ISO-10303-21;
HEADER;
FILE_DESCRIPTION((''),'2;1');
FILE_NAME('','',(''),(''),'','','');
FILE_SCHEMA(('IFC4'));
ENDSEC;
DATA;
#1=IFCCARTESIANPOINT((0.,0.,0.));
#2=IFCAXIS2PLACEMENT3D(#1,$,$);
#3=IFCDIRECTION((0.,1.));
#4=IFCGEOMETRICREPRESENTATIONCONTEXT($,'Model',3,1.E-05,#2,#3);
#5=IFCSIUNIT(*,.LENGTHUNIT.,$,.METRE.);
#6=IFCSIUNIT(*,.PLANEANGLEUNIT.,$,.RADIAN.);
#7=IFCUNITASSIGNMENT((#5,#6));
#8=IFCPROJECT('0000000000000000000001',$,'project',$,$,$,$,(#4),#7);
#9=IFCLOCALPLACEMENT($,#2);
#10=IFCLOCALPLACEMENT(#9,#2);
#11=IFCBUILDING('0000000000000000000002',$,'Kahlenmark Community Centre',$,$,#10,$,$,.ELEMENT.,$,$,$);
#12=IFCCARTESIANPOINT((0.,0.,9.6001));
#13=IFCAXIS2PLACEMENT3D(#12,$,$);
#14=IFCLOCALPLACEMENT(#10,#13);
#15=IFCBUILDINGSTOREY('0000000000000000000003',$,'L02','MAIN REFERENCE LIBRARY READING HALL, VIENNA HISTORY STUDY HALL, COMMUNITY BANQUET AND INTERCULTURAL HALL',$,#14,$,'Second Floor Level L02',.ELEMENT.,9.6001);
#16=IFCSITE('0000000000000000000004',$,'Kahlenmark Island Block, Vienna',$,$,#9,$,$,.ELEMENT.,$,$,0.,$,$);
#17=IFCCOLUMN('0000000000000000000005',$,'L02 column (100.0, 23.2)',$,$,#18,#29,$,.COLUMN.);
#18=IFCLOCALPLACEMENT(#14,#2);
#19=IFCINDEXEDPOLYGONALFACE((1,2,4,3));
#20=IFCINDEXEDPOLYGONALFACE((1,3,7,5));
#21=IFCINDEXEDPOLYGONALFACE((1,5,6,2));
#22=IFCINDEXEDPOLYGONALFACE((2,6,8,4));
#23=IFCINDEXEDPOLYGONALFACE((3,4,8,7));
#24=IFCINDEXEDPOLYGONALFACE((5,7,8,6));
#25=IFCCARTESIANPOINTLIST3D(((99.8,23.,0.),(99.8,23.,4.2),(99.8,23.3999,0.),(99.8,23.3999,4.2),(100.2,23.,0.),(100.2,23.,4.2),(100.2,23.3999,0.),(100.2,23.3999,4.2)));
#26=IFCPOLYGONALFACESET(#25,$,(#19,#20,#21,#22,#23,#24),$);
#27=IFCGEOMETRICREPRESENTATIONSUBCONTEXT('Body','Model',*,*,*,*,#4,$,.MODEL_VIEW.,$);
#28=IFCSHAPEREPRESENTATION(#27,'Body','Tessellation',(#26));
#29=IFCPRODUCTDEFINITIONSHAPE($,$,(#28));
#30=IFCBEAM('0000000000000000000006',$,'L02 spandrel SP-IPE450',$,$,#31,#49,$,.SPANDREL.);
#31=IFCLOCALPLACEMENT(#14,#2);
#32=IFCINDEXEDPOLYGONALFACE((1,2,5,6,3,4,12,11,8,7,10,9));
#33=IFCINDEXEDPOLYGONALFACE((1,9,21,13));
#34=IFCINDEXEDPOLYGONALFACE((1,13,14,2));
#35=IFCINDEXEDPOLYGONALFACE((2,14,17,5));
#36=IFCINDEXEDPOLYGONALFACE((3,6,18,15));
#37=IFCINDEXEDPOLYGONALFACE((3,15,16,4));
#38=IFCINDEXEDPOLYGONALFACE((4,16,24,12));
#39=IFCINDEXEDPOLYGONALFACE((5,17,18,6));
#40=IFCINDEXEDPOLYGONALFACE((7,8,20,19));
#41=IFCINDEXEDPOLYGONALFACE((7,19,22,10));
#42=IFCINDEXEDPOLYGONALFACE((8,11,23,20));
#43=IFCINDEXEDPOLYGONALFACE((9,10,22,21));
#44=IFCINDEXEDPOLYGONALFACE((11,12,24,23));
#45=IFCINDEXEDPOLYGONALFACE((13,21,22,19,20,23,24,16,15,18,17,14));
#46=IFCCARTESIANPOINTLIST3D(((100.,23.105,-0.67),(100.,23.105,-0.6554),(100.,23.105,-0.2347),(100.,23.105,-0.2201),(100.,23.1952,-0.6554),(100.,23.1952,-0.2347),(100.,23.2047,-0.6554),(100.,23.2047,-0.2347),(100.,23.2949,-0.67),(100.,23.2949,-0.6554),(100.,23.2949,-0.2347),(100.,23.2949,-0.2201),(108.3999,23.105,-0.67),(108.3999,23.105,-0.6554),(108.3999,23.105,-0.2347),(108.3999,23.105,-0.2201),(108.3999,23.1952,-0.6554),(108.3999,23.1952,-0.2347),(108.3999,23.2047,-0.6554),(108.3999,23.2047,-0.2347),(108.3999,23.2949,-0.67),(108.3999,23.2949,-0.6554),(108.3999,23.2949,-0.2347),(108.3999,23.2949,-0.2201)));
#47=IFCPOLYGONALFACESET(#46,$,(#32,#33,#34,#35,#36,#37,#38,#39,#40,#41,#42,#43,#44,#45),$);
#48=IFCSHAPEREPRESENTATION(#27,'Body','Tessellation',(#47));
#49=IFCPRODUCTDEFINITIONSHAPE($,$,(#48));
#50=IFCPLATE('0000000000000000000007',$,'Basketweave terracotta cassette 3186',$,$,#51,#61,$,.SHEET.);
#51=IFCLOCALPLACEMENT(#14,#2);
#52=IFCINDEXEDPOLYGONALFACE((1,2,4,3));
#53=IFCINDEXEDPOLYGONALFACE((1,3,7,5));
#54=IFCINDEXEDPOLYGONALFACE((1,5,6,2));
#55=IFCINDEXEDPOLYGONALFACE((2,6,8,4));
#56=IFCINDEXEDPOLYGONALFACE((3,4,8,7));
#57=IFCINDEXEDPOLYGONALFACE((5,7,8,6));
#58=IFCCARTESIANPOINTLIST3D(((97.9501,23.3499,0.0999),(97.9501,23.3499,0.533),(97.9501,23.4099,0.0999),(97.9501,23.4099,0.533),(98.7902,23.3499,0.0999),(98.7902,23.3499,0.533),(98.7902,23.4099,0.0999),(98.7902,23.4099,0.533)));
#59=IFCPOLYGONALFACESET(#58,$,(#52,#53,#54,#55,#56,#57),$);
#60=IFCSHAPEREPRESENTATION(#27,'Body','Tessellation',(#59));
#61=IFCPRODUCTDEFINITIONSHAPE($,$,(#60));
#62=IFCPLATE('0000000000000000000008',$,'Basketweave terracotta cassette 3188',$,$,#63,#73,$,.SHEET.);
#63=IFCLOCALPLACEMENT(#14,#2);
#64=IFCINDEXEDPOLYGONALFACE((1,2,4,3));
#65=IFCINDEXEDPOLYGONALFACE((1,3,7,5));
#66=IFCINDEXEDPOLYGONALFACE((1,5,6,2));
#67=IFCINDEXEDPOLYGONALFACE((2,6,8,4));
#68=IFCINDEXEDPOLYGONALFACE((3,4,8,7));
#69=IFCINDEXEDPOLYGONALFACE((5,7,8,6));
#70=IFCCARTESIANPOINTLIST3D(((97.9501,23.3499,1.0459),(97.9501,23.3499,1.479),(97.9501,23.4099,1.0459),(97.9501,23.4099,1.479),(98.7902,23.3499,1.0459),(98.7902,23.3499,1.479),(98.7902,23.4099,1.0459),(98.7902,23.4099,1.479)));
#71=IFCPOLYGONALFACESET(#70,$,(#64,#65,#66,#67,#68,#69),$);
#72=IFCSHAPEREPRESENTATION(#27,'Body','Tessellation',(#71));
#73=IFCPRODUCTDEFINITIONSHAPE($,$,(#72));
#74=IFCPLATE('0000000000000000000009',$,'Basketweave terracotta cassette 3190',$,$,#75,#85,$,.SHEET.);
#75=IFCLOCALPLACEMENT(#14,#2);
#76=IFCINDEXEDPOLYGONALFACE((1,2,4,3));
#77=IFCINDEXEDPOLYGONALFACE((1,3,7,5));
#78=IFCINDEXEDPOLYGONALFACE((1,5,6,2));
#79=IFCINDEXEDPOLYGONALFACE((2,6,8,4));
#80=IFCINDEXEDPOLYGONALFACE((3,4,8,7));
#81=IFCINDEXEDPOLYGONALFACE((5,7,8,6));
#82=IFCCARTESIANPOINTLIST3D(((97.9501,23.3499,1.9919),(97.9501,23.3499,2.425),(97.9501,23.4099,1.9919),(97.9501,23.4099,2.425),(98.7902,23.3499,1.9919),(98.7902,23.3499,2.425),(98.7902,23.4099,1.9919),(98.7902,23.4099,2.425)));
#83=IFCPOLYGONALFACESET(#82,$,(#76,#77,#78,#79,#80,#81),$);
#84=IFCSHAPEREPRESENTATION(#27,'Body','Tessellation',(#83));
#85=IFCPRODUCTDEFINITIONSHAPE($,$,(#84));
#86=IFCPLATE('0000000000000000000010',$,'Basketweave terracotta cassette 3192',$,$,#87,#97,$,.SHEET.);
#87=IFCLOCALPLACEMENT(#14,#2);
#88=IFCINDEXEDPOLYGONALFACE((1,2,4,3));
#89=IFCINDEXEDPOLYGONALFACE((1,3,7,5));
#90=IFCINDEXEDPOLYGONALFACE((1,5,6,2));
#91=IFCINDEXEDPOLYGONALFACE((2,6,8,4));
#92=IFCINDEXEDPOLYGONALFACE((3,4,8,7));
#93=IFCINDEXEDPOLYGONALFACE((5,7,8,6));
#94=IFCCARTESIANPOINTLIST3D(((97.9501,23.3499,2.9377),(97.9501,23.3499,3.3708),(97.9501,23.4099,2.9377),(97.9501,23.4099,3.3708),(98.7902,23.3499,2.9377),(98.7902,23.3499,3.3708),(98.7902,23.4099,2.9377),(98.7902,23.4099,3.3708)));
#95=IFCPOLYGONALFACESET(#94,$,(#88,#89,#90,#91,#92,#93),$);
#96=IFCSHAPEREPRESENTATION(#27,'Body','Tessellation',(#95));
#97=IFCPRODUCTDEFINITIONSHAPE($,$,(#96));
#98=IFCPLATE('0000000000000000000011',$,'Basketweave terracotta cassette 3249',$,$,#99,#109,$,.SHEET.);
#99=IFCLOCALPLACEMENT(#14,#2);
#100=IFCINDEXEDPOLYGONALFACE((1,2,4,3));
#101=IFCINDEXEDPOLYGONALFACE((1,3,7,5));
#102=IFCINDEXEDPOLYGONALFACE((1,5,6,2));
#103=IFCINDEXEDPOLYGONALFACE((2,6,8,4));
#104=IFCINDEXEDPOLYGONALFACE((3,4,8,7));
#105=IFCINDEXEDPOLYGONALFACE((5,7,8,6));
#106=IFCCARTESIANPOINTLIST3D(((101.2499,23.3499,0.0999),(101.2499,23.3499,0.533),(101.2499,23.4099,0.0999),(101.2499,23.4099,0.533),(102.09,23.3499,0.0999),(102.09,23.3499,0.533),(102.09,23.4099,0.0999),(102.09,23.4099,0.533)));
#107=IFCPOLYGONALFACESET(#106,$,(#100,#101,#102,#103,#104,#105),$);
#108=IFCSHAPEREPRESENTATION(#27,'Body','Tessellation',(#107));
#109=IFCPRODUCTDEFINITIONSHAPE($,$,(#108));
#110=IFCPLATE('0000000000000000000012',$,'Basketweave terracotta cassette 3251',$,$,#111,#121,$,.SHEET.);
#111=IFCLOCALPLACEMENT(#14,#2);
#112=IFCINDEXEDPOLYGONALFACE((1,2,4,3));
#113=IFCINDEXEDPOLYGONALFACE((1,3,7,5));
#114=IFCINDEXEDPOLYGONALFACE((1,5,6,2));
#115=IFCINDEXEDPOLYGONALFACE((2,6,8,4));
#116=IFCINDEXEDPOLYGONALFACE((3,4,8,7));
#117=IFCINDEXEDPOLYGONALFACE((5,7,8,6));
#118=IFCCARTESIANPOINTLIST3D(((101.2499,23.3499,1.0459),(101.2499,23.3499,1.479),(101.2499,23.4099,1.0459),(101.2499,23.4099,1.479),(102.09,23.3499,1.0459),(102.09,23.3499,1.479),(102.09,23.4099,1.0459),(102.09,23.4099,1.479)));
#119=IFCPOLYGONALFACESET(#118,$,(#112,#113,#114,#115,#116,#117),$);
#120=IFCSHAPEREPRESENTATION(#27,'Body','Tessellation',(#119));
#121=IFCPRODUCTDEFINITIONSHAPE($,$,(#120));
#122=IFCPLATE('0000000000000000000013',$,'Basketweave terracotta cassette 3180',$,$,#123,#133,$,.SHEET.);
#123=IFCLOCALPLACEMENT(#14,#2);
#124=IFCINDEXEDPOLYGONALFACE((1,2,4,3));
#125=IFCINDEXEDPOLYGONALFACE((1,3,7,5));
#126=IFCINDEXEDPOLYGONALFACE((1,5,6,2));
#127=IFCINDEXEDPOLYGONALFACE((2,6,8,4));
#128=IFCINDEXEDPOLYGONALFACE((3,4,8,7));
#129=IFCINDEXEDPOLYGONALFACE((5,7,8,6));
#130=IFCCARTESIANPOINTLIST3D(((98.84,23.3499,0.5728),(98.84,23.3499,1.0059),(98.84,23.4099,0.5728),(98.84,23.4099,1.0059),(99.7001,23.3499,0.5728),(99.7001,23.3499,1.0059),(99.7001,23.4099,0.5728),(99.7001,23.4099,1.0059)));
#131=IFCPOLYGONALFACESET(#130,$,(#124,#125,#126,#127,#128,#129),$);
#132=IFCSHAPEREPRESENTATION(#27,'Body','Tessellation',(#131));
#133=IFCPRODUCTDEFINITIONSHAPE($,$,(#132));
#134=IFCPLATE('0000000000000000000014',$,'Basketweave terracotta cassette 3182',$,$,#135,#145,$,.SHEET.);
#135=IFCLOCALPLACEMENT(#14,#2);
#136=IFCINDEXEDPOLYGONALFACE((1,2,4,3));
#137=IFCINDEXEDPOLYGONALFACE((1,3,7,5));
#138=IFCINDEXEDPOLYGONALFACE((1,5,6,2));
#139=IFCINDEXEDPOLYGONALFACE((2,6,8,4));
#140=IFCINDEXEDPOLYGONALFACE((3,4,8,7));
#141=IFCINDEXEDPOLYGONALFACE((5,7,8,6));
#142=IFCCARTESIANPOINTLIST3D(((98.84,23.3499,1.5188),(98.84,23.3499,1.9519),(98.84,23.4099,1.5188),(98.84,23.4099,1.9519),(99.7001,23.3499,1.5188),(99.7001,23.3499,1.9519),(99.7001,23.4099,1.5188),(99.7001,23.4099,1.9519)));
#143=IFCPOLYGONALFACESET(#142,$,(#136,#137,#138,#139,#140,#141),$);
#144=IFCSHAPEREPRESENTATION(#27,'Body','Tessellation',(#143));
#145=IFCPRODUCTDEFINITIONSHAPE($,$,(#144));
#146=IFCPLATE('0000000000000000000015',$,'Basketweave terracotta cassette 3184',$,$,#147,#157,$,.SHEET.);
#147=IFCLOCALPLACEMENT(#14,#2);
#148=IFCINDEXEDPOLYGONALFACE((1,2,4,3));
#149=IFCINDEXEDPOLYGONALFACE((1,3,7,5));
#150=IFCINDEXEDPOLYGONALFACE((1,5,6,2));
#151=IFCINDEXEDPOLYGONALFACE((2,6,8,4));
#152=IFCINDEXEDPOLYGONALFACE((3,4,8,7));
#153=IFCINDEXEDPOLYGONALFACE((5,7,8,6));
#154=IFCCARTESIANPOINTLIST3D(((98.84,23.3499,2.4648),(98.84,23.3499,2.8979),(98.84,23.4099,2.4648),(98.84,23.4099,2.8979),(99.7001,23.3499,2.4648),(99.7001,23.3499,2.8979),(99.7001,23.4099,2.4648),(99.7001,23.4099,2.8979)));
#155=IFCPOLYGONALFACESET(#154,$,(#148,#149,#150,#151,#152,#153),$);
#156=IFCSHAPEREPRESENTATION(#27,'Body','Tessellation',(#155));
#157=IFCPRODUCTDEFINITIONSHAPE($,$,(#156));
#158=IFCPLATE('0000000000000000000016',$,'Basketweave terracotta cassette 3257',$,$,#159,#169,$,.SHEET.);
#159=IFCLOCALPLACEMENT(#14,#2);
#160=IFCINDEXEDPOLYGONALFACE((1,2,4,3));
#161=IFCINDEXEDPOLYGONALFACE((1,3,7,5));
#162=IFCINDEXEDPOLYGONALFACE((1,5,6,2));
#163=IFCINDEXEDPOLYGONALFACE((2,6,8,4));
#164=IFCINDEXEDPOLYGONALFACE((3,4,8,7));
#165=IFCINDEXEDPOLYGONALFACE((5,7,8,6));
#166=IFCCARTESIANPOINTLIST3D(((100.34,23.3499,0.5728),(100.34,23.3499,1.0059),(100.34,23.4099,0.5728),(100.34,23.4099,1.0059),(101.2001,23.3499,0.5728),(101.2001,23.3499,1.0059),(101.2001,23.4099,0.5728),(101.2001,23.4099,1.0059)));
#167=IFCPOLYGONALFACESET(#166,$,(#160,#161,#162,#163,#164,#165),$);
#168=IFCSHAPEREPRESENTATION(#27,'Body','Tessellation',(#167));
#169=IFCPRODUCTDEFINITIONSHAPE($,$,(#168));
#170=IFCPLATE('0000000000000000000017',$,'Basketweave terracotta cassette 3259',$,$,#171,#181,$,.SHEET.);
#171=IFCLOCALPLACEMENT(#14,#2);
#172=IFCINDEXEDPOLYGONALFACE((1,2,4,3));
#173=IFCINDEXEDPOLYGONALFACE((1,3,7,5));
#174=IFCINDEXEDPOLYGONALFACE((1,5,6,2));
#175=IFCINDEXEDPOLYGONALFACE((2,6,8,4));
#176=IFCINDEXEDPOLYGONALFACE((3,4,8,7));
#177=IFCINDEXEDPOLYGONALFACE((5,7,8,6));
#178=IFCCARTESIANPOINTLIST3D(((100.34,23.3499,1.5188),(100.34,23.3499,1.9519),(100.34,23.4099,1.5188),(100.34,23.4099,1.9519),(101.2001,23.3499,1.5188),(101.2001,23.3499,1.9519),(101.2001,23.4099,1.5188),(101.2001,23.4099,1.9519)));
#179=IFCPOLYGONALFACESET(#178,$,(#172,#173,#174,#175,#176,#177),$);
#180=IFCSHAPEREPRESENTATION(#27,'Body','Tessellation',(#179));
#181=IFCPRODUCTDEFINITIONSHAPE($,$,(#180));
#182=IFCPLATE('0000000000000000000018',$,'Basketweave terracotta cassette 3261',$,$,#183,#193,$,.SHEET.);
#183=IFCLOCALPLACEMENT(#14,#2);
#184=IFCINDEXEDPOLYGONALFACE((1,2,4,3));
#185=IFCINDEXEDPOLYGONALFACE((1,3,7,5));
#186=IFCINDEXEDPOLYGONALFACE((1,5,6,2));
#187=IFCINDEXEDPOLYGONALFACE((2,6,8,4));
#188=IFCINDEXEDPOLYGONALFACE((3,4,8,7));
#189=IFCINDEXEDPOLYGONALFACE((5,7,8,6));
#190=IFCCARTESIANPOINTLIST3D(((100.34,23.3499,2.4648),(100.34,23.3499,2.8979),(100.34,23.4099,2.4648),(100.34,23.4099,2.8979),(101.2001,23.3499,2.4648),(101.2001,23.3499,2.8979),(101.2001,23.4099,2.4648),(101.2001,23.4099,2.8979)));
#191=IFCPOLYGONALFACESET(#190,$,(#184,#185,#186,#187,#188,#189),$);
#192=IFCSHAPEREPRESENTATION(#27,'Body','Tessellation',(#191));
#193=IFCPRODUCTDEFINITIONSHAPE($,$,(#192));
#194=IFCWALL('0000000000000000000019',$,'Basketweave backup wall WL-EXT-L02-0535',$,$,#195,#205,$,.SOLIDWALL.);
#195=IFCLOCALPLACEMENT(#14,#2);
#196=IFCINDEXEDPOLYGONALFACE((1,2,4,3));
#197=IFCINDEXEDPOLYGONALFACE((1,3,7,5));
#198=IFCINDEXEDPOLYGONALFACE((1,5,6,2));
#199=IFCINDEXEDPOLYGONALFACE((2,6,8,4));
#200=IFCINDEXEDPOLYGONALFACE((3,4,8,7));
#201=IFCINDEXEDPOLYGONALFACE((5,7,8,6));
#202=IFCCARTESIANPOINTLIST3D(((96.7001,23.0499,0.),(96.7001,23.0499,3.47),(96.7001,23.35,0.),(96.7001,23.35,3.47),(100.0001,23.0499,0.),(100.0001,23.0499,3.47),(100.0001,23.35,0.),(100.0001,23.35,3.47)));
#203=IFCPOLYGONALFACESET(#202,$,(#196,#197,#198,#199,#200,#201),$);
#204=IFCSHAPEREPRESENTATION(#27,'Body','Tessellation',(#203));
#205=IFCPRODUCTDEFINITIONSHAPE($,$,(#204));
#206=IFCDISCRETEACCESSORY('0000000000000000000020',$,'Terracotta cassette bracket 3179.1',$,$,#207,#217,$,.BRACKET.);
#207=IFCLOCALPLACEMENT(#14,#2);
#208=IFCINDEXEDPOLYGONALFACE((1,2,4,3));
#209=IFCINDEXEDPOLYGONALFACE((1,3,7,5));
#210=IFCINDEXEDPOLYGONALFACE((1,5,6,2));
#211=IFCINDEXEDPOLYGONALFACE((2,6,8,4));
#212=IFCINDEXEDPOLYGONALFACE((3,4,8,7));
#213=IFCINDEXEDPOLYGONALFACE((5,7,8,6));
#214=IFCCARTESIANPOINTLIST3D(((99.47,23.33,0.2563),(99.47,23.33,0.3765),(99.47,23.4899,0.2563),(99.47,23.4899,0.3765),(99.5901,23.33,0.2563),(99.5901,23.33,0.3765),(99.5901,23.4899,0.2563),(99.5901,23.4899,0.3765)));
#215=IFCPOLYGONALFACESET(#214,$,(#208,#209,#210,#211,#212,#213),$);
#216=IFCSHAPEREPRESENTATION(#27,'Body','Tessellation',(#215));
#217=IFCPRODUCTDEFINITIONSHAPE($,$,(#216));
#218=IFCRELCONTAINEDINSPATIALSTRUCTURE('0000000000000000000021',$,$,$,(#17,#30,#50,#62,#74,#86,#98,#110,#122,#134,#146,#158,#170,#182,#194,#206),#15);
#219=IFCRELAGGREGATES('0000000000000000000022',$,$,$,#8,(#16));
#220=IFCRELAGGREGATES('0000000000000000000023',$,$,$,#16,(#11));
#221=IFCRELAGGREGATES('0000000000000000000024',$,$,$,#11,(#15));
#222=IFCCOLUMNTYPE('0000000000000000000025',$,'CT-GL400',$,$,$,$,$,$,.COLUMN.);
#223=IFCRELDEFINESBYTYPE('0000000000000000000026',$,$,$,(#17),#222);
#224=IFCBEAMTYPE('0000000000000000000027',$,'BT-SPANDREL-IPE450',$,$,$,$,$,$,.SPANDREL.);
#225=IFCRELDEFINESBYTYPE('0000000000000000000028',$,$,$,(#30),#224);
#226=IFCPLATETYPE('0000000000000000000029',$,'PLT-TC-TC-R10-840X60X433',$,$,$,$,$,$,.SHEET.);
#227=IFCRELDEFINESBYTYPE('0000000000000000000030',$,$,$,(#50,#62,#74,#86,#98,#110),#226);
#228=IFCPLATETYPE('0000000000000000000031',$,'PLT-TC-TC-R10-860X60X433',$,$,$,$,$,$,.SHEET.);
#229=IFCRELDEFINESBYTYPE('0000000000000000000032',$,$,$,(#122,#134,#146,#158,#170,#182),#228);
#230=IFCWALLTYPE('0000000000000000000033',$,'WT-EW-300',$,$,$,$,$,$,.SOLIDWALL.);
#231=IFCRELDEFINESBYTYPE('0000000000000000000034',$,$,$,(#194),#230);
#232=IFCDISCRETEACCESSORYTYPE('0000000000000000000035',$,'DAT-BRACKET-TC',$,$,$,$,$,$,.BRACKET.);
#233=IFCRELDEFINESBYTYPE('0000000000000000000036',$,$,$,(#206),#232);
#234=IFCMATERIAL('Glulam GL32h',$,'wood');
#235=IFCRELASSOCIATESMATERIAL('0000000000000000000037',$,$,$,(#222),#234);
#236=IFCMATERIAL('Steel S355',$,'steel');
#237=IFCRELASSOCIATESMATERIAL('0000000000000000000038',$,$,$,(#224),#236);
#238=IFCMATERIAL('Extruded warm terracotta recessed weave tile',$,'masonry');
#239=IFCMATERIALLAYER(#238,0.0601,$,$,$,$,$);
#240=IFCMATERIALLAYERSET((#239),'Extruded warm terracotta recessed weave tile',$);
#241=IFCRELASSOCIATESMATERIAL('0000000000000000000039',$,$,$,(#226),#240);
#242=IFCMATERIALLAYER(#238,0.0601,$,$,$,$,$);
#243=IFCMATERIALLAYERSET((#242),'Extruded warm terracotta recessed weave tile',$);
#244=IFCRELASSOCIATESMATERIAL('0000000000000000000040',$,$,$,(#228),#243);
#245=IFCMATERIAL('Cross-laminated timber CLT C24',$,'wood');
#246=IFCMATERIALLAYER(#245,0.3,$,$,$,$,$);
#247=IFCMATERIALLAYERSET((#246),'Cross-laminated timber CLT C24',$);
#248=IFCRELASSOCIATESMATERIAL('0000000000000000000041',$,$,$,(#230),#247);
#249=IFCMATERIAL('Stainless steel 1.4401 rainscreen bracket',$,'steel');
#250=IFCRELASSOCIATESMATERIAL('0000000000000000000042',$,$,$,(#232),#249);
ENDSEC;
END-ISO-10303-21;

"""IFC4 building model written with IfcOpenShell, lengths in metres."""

from ifc_helpers import new_model, si_unit, direction, frame, frame_2d, origin, origin_2d, place, context, subcontext, project, spatial, rectangle, i_section, extrude, material, layer, layer_set, material_profile, profile_set, type_object, element, save


model = new_model("IFC4")

# Units and contexts
model_context = context("Model", 3, precision=1e-05, world=origin(), true_north=direction((0.0, 1.0)))
body_context = subcontext(model_context, "Body", "Model", "MODEL_VIEW")
ifc_project = project(units=[si_unit("LENGTHUNIT", "METRE"), si_unit("PLANEANGLEUNIT", "RADIAN")], contexts=[model_context])

# Site, building, storey
site_placement = place(None, origin())
site = spatial("IfcSite", under=ifc_project, at=site_placement, Name="Kahlenmark Island Block, Vienna", CompositionType="ELEMENT", RefElevation=0.0)
building_placement = place(site_placement, origin())
building = spatial("IfcBuilding", under=site, at=building_placement, Name="Kahlenmark Community Centre", CompositionType="ELEMENT")
storey_placement = place(building_placement, frame((0.0, 0.0, 9.6001)))
storey = spatial("IfcBuildingStorey", under=building, at=storey_placement, Name="L02", Description="MAIN REFERENCE LIBRARY READING HALL, VIENNA HISTORY STUDY HALL, COMMUNITY BANQUET AND INTERCULTURAL HALL", LongName="Second Floor Level L02", CompositionType="ELEMENT", Elevation=9.6001)

# Column
ifc_material_1 = material(Name="Glulam GL32h", Category="wood")
ifc_material_profile_1 = material_profile(ifc_material_1, rectangle(XDim=0.3999, YDim=0.3999, at=origin_2d()), Name="GL32h 400x400")
ifc_profile_set_1 = profile_set([ifc_material_profile_1], Name="Glulam GL32h")
column_type = type_object("IfcColumnType", Name="CT-GL400", PredefinedType="COLUMN", material=ifc_profile_set_1)
column_placement = place(storey_placement, frame((100.0, 23.2, 0.0), z_axis=(0.0, 0.0, 1.0), x_axis=(1.0, 0.0, 0.0)))
element("IfcColumn", 1, at=column_placement, inside=storey, type_object=column_type, Name="L02 column (100.0, 23.2)", PredefinedType="COLUMN", context=body_context, shape_type="SweptSolid", body=[
    extrude(rectangle(XDim=0.3999, YDim=0.3999, at=origin_2d()), origin(), (0.0, 0.0, 1.0), 4.2),
])

# Beam
ifc_material_2 = material(Name="Steel S355", Category="steel")
ifc_material_profile_2 = material_profile(ifc_material_2, i_section(OverallWidth=0.1899, OverallDepth=0.45, WebThickness=0.0095, FlangeThickness=0.0146, at=origin_2d()), Name="IPE 450")
ifc_profile_set_2 = profile_set([ifc_material_profile_2], Name="Steel S355")
beam_type = type_object("IfcBeamType", Name="BT-SPANDREL-IPE450", PredefinedType="SPANDREL", material=ifc_profile_set_2)
beam_placement = place(storey_placement, frame((100.0, 23.2, -0.4451), z_axis=(1.0, 0.0, 0.0), x_axis=(0.0, 1.0, 0.0)))
element("IfcBeam", 2, at=beam_placement, inside=storey, type_object=beam_type, Name="L02 spandrel SP-IPE450", PredefinedType="SPANDREL", context=body_context, shape_type="SweptSolid", body=[
    extrude(i_section(OverallWidth=0.1899, OverallDepth=0.45, WebThickness=0.0095, FlangeThickness=0.0146, at=origin_2d()), origin(), (0.0, 0.0, 1.0), 8.3999),
])

# Plates
ifc_material_3 = material(Name="Extruded warm terracotta recessed weave tile", Category="masonry")
ifc_layer_1 = layer(ifc_material_3, 0.0601)
ifc_layer_set_1 = layer_set([ifc_layer_1], Name="Extruded warm terracotta recessed weave tile")
plate_type_1 = type_object("IfcPlateType", Name="PLT-TC-TC-R10-840X60X433", PredefinedType="SHEET", material=ifc_layer_set_1)
for number, where, z_axis, x_axis, name in (
    (3, (98.3701, 23.3799, 0.0999), (0.0, 0.0, 1.0), (-1.0, 0.0, 0.0), "Basketweave terracotta cassette 3186"),
    (4, (98.3701, 23.3799, 1.0459), (0.0, 0.0, 1.0), (-1.0, 0.0, 0.0), "Basketweave terracotta cassette 3188"),
    (5, (98.3701, 23.3799, 1.9919), (0.0, 0.0, 1.0), (-1.0, 0.0, 0.0), "Basketweave terracotta cassette 3190"),
    (6, (98.3701, 23.3799, 2.9377), (0.0, 0.0, 1.0), (-1.0, 0.0, 0.0), "Basketweave terracotta cassette 3192"),
    (7, (101.6699, 23.3799, 0.0999), (0.0, 0.0, 1.0), (-1.0, 0.0, 0.0), "Basketweave terracotta cassette 3249"),
    (8, (101.6699, 23.3799, 1.0459), (0.0, 0.0, 1.0), (-1.0, 0.0, 0.0), "Basketweave terracotta cassette 3251"),
):
    element("IfcPlate", number, at=place(storey_placement, frame(where, z_axis=z_axis, x_axis=x_axis)), inside=storey, type_object=plate_type_1, Name=name, PredefinedType="SHEET", context=body_context, shape_type="SweptSolid", body=[
        extrude(rectangle(XDim=0.8401, YDim=0.0601, at=origin_2d()), origin(), (0.0, 0.0, 1.0), 0.4331),
    ])
ifc_layer_2 = layer(ifc_material_3, 0.0601)
ifc_layer_set_2 = layer_set([ifc_layer_2], Name="Extruded warm terracotta recessed weave tile")
plate_type_2 = type_object("IfcPlateType", Name="PLT-TC-TC-R10-860X60X433", PredefinedType="SHEET", material=ifc_layer_set_2)
for number, where, z_axis, x_axis, name in (
    (9, (99.27, 23.3799, 0.5728), (0.0, 0.0, 1.0), (-1.0, 0.0, 0.0), "Basketweave terracotta cassette 3180"),
    (10, (99.27, 23.3799, 1.5188), (0.0, 0.0, 1.0), (-1.0, 0.0, 0.0), "Basketweave terracotta cassette 3182"),
    (11, (99.27, 23.3799, 2.4648), (0.0, 0.0, 1.0), (-1.0, 0.0, 0.0), "Basketweave terracotta cassette 3184"),
    (12, (100.77, 23.3799, 0.5728), (0.0, 0.0, 1.0), (-1.0, 0.0, 0.0), "Basketweave terracotta cassette 3257"),
    (13, (100.77, 23.3799, 1.5188), (0.0, 0.0, 1.0), (-1.0, 0.0, 0.0), "Basketweave terracotta cassette 3259"),
    (14, (100.77, 23.3799, 2.4648), (0.0, 0.0, 1.0), (-1.0, 0.0, 0.0), "Basketweave terracotta cassette 3261"),
):
    element("IfcPlate", number, at=place(storey_placement, frame(where, z_axis=z_axis, x_axis=x_axis)), inside=storey, type_object=plate_type_2, Name=name, PredefinedType="SHEET", context=body_context, shape_type="SweptSolid", body=[
        extrude(rectangle(XDim=0.8601, YDim=0.0601, at=origin_2d()), origin(), (0.0, 0.0, 1.0), 0.4331),
    ])

# Wall
ifc_material_4 = material(Name="Cross-laminated timber CLT C24", Category="wood")
ifc_layer_3 = layer(ifc_material_4, 0.3)
ifc_layer_set_3 = layer_set([ifc_layer_3], Name="Cross-laminated timber CLT C24")
wall_type = type_object("IfcWallType", Name="WT-EW-300", PredefinedType="SOLIDWALL", material=ifc_layer_set_3)
wall_placement = place(storey_placement, frame((100.0, 23.2, 0.0), z_axis=(0.0, 0.0, 1.0), x_axis=(-1.0, 0.0, 0.0)))
element("IfcWall", 15, at=wall_placement, inside=storey, type_object=wall_type, Name="Basketweave backup wall WL-EXT-L02-0535", PredefinedType="SOLIDWALL", context=body_context, shape_type="SweptSolid", body=[
    extrude(rectangle(XDim=3.3, YDim=0.3, at=frame_2d((1.6499, 0.0))), origin(), (0.0, 0.0, 1.0), 3.47),
])

# Discrete accessory
ifc_material_5 = material(Name="Stainless steel 1.4401 rainscreen bracket", Category="steel")
discrete_accessory_type = type_object("IfcDiscreteAccessoryType", Name="DAT-BRACKET-TC", PredefinedType="BRACKET", material=ifc_material_5)
for number, where, z_axis, x_axis, name in (
    (16, (99.53, 23.4099, 0.2563), (0.0, 0.0, 1.0), (-1.0, 0.0, 0.0), "Terracotta cassette bracket 3179.1"),
):
    element("IfcDiscreteAccessory", number, at=place(storey_placement, frame(where, z_axis=z_axis, x_axis=x_axis)), inside=storey, type_object=discrete_accessory_type, Name=name, PredefinedType="BRACKET", context=body_context, shape_type="SweptSolid", body=[
        extrude(rectangle(XDim=0.1201, YDim=0.1599, at=origin_2d()), origin(), (0.0, 0.0, 1.0), 0.1201),
    ])

save(model, "model.ifc")
